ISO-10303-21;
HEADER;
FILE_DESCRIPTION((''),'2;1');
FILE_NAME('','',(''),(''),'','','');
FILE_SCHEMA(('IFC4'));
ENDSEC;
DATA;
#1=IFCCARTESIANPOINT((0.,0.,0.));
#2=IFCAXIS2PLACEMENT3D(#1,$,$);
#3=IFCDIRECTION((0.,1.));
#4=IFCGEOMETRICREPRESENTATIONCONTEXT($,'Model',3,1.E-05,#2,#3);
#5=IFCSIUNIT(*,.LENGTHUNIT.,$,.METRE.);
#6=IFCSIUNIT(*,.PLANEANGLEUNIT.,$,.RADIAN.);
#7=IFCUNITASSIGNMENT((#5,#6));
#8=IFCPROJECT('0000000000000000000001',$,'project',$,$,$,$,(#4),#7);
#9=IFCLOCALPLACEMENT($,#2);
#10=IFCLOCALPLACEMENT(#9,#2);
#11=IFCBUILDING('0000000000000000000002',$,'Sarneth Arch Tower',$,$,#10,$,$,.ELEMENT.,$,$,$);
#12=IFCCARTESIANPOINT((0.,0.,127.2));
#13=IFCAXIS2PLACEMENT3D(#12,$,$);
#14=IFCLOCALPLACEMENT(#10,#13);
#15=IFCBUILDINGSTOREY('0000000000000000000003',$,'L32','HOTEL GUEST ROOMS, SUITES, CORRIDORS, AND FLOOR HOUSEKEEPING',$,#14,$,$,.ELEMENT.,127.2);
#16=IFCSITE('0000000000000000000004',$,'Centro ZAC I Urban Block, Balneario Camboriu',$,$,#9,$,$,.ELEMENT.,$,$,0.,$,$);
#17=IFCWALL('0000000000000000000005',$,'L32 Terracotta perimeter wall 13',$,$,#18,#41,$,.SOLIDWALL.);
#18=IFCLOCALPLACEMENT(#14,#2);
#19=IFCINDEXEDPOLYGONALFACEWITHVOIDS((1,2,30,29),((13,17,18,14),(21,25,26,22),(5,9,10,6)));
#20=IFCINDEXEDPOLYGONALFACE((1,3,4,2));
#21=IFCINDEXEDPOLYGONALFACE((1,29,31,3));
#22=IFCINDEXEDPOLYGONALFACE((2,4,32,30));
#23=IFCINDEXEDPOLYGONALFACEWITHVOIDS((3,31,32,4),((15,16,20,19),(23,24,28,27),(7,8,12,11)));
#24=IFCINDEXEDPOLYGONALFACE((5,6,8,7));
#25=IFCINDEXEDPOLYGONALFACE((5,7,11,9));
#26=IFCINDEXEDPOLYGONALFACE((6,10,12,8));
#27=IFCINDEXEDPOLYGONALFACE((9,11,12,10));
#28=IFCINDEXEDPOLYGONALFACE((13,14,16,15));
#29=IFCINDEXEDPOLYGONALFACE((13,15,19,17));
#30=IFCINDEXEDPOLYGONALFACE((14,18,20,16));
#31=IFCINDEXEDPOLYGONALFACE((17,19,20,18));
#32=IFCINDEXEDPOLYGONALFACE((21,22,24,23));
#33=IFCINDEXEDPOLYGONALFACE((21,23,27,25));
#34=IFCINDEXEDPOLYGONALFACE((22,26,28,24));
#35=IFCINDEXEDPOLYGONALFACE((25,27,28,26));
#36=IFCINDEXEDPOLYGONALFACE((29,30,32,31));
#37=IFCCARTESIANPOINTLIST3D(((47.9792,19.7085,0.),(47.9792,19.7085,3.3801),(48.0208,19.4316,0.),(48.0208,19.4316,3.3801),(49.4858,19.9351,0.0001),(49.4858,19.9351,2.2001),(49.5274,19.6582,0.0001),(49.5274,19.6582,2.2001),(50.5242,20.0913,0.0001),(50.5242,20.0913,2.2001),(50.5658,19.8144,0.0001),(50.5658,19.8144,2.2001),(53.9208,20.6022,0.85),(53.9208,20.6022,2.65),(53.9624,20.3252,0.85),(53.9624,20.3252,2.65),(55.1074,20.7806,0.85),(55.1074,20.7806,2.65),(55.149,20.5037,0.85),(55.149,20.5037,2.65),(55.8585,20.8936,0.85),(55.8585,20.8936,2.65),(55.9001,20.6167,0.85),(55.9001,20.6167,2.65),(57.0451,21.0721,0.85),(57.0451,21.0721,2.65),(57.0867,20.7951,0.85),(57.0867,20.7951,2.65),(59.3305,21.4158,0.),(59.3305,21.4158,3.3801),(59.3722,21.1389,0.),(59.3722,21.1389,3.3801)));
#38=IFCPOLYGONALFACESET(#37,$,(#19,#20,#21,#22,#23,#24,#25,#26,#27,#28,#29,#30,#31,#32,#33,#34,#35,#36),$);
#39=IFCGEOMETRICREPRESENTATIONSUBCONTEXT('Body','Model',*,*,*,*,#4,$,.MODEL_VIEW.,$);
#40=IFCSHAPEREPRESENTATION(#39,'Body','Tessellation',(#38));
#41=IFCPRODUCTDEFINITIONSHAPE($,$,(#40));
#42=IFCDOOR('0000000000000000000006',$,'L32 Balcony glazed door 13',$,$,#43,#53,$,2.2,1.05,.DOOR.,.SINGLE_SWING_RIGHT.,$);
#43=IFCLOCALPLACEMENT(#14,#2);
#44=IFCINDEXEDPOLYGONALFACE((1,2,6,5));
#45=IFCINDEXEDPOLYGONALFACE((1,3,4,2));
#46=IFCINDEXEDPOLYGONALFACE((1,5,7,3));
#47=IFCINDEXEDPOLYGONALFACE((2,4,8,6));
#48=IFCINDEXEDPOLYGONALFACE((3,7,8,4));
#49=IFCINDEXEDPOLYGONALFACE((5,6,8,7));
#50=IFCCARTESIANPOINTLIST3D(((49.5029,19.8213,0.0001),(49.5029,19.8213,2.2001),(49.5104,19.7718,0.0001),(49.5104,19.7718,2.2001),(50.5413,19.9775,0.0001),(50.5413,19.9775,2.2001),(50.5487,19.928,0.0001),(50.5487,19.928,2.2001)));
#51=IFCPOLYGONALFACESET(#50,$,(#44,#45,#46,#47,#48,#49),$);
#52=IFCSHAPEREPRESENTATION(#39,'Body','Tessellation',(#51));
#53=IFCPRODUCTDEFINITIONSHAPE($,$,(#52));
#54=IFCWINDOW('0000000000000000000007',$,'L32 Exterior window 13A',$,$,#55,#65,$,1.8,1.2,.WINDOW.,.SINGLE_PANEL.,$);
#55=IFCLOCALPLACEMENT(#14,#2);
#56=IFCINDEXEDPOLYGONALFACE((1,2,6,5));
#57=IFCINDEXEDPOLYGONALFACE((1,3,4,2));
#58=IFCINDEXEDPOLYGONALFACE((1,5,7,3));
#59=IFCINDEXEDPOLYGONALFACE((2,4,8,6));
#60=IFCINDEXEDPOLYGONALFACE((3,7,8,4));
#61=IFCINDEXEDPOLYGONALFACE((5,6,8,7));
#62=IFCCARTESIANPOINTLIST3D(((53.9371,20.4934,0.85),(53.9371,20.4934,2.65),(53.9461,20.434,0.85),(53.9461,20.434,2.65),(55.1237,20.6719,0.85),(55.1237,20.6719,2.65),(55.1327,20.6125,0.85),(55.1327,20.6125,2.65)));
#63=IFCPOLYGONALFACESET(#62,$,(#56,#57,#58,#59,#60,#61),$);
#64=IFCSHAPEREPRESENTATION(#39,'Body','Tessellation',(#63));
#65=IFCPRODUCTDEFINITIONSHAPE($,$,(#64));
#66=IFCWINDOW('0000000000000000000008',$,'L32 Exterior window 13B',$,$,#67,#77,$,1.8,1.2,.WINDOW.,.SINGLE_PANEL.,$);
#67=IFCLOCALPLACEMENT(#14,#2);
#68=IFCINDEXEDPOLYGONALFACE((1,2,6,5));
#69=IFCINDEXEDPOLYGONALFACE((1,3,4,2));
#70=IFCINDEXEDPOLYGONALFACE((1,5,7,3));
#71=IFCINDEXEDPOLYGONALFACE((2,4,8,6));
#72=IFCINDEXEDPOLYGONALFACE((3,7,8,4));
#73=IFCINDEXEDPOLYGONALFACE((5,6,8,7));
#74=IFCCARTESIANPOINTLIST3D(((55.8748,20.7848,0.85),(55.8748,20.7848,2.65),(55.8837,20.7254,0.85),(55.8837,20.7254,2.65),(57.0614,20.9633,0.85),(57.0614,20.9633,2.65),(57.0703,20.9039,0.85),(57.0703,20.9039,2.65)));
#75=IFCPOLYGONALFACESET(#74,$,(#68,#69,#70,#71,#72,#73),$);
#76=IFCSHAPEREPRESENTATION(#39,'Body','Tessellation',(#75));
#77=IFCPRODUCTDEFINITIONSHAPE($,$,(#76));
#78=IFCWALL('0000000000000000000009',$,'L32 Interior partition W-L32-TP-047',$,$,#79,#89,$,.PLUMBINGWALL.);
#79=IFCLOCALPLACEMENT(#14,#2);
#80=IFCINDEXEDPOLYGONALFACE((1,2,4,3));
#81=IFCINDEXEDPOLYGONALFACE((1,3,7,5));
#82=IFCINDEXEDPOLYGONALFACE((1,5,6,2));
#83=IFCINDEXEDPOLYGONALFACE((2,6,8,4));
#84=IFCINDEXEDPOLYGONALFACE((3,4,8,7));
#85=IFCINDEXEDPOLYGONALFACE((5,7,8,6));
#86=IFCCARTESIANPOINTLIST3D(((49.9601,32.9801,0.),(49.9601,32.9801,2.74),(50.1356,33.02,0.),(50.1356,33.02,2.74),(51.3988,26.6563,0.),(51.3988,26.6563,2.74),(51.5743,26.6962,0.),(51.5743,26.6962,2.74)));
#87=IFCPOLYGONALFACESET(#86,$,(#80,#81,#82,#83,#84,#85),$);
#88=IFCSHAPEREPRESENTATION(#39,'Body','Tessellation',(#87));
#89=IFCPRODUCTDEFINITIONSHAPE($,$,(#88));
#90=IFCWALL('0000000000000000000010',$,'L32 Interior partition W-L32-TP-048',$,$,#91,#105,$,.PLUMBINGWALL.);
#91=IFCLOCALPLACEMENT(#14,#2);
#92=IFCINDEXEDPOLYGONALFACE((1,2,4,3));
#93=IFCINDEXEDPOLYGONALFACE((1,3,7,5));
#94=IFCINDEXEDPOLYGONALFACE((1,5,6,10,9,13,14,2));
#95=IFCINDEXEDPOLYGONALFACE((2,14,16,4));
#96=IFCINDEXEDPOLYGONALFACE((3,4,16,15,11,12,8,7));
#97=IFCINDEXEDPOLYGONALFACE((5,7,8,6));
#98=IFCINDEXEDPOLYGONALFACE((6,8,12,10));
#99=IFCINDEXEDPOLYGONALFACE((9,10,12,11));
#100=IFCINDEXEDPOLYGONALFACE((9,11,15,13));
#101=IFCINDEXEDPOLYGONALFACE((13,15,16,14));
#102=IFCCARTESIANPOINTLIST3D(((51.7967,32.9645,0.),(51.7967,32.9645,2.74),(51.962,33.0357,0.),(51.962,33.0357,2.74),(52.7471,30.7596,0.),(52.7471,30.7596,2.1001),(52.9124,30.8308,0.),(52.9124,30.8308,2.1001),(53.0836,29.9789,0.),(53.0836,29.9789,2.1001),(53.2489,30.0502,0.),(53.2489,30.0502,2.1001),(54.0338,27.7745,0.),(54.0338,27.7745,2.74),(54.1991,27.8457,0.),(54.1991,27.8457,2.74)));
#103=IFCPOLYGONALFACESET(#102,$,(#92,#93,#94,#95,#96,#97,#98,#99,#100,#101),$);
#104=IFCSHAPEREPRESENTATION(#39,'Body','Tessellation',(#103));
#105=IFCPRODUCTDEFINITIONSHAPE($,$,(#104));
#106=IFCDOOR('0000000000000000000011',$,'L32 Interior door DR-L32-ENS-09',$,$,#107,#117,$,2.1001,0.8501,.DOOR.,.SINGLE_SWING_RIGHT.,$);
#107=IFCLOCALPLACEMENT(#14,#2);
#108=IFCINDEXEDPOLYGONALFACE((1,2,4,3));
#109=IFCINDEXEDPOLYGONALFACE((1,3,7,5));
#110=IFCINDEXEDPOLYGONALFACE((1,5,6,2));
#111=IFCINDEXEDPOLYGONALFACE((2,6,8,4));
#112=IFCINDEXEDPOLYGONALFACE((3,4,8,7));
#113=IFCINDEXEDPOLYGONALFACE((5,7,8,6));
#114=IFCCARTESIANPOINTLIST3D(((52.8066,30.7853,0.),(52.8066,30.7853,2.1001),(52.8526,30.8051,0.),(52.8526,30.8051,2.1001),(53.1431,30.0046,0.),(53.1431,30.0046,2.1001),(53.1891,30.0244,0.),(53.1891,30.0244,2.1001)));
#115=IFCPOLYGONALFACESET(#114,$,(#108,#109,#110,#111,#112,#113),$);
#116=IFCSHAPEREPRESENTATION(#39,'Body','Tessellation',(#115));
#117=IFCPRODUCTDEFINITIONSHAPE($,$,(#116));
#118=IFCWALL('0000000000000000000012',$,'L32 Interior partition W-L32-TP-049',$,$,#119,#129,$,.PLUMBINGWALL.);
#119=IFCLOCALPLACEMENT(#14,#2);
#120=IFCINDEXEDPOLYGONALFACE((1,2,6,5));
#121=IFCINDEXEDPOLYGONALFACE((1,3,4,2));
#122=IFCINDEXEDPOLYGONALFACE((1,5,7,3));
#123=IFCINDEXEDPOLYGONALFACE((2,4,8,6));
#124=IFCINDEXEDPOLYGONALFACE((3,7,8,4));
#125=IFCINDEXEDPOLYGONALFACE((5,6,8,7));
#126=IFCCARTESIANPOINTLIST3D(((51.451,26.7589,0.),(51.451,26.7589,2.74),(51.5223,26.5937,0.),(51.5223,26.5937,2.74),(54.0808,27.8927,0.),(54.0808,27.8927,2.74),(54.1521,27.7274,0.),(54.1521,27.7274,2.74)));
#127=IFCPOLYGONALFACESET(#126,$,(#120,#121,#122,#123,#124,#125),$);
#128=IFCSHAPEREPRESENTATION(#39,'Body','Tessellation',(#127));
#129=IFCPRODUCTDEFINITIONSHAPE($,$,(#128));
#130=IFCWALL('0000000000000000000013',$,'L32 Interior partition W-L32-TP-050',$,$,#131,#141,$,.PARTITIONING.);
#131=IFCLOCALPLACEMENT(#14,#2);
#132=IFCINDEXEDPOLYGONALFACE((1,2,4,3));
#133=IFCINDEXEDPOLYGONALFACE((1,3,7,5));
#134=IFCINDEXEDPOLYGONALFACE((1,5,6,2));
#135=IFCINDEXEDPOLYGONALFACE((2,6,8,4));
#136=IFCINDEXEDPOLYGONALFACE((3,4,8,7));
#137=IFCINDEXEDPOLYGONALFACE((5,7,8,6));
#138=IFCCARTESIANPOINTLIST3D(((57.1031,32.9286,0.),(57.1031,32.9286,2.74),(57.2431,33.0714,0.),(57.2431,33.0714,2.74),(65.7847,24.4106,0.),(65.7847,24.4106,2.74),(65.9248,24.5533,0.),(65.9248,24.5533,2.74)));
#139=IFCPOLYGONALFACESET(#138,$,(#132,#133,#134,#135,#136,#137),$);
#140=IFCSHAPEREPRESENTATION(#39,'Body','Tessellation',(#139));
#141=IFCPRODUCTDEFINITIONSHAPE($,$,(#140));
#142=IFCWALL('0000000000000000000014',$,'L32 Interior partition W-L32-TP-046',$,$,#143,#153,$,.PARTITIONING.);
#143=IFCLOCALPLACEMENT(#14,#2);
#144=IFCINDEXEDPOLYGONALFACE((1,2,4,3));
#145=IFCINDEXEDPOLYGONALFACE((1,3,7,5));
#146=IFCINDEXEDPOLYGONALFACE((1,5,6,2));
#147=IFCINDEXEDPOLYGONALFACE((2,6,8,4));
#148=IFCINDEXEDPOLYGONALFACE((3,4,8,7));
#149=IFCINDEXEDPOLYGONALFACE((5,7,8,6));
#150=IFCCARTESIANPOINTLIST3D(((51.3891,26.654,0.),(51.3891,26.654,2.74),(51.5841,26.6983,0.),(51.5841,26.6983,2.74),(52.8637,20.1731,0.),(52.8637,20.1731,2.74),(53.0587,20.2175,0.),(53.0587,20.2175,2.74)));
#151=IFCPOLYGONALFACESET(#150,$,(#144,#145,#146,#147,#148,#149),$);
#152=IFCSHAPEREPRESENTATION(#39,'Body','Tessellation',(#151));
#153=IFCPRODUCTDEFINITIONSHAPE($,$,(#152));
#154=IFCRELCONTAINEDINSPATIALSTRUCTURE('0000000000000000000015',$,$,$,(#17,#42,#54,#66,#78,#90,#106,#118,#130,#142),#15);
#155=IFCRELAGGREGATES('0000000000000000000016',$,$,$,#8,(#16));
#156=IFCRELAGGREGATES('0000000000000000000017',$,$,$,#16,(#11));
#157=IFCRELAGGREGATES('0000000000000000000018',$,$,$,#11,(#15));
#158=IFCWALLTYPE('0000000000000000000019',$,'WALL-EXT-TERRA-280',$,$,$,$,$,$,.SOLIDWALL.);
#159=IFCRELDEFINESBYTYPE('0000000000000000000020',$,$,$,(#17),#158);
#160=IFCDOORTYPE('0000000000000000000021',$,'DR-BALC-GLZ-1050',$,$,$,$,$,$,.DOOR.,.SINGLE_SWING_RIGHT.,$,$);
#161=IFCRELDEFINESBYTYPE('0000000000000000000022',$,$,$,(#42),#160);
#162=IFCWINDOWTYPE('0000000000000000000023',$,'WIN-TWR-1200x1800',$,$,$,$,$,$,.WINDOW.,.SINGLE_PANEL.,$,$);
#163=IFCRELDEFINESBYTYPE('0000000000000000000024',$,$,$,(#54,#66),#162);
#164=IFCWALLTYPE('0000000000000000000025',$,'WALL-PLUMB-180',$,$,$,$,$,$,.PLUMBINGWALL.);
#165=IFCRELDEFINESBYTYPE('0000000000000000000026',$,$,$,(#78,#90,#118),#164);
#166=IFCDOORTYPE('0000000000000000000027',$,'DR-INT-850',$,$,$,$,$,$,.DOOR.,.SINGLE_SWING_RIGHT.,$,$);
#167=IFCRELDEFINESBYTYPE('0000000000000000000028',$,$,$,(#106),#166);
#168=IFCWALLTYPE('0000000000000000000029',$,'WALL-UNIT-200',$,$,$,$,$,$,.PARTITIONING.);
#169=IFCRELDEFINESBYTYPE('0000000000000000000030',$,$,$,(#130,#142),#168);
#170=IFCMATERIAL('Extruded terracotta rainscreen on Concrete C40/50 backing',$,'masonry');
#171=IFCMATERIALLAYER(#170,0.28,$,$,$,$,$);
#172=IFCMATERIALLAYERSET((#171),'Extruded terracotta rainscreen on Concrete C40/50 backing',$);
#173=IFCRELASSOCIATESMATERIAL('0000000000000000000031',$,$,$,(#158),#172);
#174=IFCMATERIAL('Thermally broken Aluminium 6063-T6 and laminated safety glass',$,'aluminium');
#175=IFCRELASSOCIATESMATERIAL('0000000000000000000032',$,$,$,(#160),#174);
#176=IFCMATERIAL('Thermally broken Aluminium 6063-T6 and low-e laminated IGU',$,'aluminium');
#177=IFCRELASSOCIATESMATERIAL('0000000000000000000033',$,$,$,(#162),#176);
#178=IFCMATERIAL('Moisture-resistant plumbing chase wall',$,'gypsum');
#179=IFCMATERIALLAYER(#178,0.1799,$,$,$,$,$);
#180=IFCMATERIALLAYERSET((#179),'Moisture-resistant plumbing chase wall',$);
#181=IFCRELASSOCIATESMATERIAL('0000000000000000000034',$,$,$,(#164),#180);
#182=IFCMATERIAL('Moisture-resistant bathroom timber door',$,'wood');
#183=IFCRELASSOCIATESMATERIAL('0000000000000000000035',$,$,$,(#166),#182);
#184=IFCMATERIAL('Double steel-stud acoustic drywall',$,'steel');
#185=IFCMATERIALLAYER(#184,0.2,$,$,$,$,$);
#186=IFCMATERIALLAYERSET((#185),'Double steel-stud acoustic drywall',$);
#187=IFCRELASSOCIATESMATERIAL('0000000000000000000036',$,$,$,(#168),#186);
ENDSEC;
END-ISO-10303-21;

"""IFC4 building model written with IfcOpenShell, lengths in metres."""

from ifc_helpers import new_model, si_unit, direction, frame, frame_2d, origin, place, context, subcontext, project, spatial, rectangle, extrude, material, layer, layer_set, type_object, element, fill, save


model = new_model("IFC4")

# Units and contexts
model_context = context("Model", 3, precision=1e-05, world=origin(), true_north=direction((0.0, 1.0)))
body_context = subcontext(model_context, "Body", "Model", "MODEL_VIEW")
ifc_project = project(units=[si_unit("LENGTHUNIT", "METRE"), si_unit("PLANEANGLEUNIT", "RADIAN")], contexts=[model_context])

# Site, building, storey
site_placement = place(None, origin())
site = spatial("IfcSite", under=ifc_project, at=site_placement, Name="Centro ZAC I Urban Block, Balneario Camboriu", CompositionType="ELEMENT", RefElevation=0.0)
building_placement = place(site_placement, origin())
building = spatial("IfcBuilding", under=site, at=building_placement, Name="Sarneth Arch Tower", CompositionType="ELEMENT")
storey_placement = place(building_placement, frame((0.0, 0.0, 127.2)))
storey = spatial("IfcBuildingStorey", under=building, at=storey_placement, Name="L32", Description="HOTEL GUEST ROOMS, SUITES, CORRIDORS, AND FLOOR HOUSEKEEPING", CompositionType="ELEMENT", Elevation=127.2)

# Wall, openings, door, windows
ifc_material_1 = material(Name="Extruded terracotta rainscreen on Concrete C40/50 backing", Category="masonry")
ifc_layer_1 = layer(ifc_material_1, 0.28)
ifc_layer_set_1 = layer_set([ifc_layer_1], Name="Extruded terracotta rainscreen on Concrete C40/50 backing")
wall_type_1 = type_object("IfcWallType", Name="WALL-EXT-TERRA-280", PredefinedType="SOLIDWALL", material=ifc_layer_set_1)
wall_1_placement = place(storey_placement, frame((48.0, 19.5701, 0.0), z_axis=(0.0, 0.0, 1.0), x_axis=(0.988878, 0.14873, 0.0)))
wall_1 = element("IfcWall", 1, at=wall_1_placement, inside=storey, type_object=wall_type_1, Name="L32 Terracotta perimeter wall 13", PredefinedType="SOLIDWALL", context=body_context, shape_type="SweptSolid", body=[
    extrude(rectangle(XDim=11.479, YDim=0.28, at=frame_2d((5.7395, 0.0))), origin(), (0.0, 0.0, 1.0), 3.3801),
])
opening_1_placement = place(wall_1_placement, frame((1.5237, 0.0, 0.0)))
opening_1 = element("IfcOpeningElement", 2, at=opening_1_placement, cuts=wall_1, PredefinedType="OPENING", context=body_context, shape_type="SweptSolid", body=[
    extrude(rectangle(XDim=1.05, YDim=2.2, at=frame_2d((0.5249, 1.1001))), frame((0.0, 0.1499, 0.0), z_axis=(0.0, -1.0, 0.0), x_axis=(1.0, 0.0, 0.0)), (0.0, 0.0, 1.0), 0.3),
])
opening_2_placement = place(wall_1_placement, frame((6.0083, 0.0, 0.8501)))
opening_2 = element("IfcOpeningElement", 3, at=opening_2_placement, cuts=wall_1, PredefinedType="OPENING", context=body_context, shape_type="SweptSolid", body=[
    extrude(rectangle(XDim=1.2, YDim=1.8, at=frame_2d((0.6001, 0.8999))), frame((0.0, 0.1499, 0.0), z_axis=(0.0, -1.0, 0.0), x_axis=(1.0, 0.0, 0.0)), (0.0, 0.0, 1.0), 0.3),
])
opening_3_placement = place(wall_1_placement, frame((7.9678, 0.0, 0.8501)))
opening_3 = element("IfcOpeningElement", 4, at=opening_3_placement, cuts=wall_1, PredefinedType="OPENING", context=body_context, shape_type="SweptSolid", body=[
    extrude(rectangle(XDim=1.2, YDim=1.8, at=frame_2d((0.6001, 0.8999))), frame((0.0, 0.1499, 0.0), z_axis=(0.0, -1.0, 0.0), x_axis=(1.0, 0.0, 0.0)), (0.0, 0.0, 1.0), 0.3),
])
ifc_material_2 = material(Name="Thermally broken Aluminium 6063-T6 and laminated safety glass", Category="aluminium")
door_type_1 = type_object("IfcDoorType", Name="DR-BALC-GLZ-1050", OperationType="SINGLE_SWING_RIGHT", PredefinedType="DOOR", material=ifc_material_2)
door_1_placement = place(opening_1_placement, origin())
door_1 = element("IfcDoor", 5, at=door_1_placement, inside=storey, type_object=door_type_1, Name="L32 Balcony glazed door 13", OperationType="SINGLE_SWING_RIGHT", OverallHeight=2.2, OverallWidth=1.05, PredefinedType="DOOR", context=body_context, shape_type="SweptSolid", body=[
    extrude(rectangle(XDim=1.05, YDim=2.2, at=frame_2d((0.5249, 1.1001))), frame((0.0, 0.0249, 0.0), z_axis=(0.0, -1.0, 0.0), x_axis=(1.0, 0.0, 0.0)), (0.0, 0.0, 1.0), 0.05),
])
fill(opening_1, door_1)
ifc_material_3 = material(Name="Thermally broken Aluminium 6063-T6 and low-e laminated IGU", Category="aluminium")
window_type = type_object("IfcWindowType", Name="WIN-TWR-1200x1800", PartitioningType="SINGLE_PANEL", PredefinedType="WINDOW", material=ifc_material_3)
window_1_placement = place(opening_2_placement, origin())
window_1 = element("IfcWindow", 6, at=window_1_placement, inside=storey, type_object=window_type, Name="L32 Exterior window 13A", OverallHeight=1.8, OverallWidth=1.2, PartitioningType="SINGLE_PANEL", PredefinedType="WINDOW", context=body_context, shape_type="SweptSolid", body=[
    extrude(rectangle(XDim=1.2, YDim=1.8, at=frame_2d((0.6001, 0.8999))), frame((0.0, 0.03, 0.0), z_axis=(0.0, -1.0, 0.0), x_axis=(1.0, 0.0, 0.0)), (0.0, 0.0, 1.0), 0.0601),
])
fill(opening_2, window_1)
window_2_placement = place(opening_3_placement, origin())
window_2 = element("IfcWindow", 7, at=window_2_placement, inside=storey, type_object=window_type, Name="L32 Exterior window 13B", OverallHeight=1.8, OverallWidth=1.2, PartitioningType="SINGLE_PANEL", PredefinedType="WINDOW", context=body_context, shape_type="SweptSolid", body=[
    extrude(rectangle(XDim=1.2, YDim=1.8, at=frame_2d((0.6001, 0.8999))), frame((0.0, 0.03, 0.0), z_axis=(0.0, -1.0, 0.0), x_axis=(1.0, 0.0, 0.0)), (0.0, 0.0, 1.0), 0.0601),
])
fill(opening_3, window_2)

# Wall
ifc_material_4 = material(Name="Moisture-resistant plumbing chase wall", Category="gypsum")
ifc_layer_2 = layer(ifc_material_4, 0.1799)
ifc_layer_set_2 = layer_set([ifc_layer_2], Name="Moisture-resistant plumbing chase wall")
wall_type_2 = type_object("IfcWallType", Name="WALL-PLUMB-180", PredefinedType="PLUMBINGWALL", material=ifc_layer_set_2)
wall_2_placement = place(storey_placement, frame((51.4866, 26.6763, 0.0), z_axis=(0.0, 0.0, 1.0), x_axis=(-0.221842, 0.975083, 0.0)))
element("IfcWall", 8, at=wall_2_placement, inside=storey, type_object=wall_type_2, Name="L32 Interior partition W-L32-TP-047", PredefinedType="PLUMBINGWALL", context=body_context, shape_type="SweptSolid", body=[
    extrude(rectangle(XDim=6.4854, YDim=0.1799, at=frame_2d((3.2427, 0.0))), origin(), (0.0, 0.0, 1.0), 2.74),
])

# Wall, opening, door
wall_3_placement = place(storey_placement, frame((51.8794, 33.0, 0.0), z_axis=(0.0, 0.0, 1.0), x_axis=(0.395832, -0.918323, 0.0)))
wall_3 = element("IfcWall", 9, at=wall_3_placement, inside=storey, type_object=wall_type_2, Name="L32 Interior partition W-L32-TP-048", PredefinedType="PLUMBINGWALL", context=body_context, shape_type="SweptSolid", body=[
    extrude(rectangle(XDim=5.6516, YDim=0.1799, at=frame_2d((2.8257, 0.0))), origin(), (0.0, 0.0, 1.0), 2.74),
])
opening_4_placement = place(wall_3_placement, frame((2.4009, 0.0, 0.0)))
opening_4 = element("IfcOpeningElement", 10, at=opening_4_placement, cuts=wall_3, PredefinedType="OPENING", context=body_context, shape_type="SweptSolid", body=[
    extrude(rectangle(XDim=0.8501, YDim=2.1001, at=frame_2d((0.425, 1.05))), frame((0.0, 0.0999, 0.0), z_axis=(0.0, -1.0, 0.0), x_axis=(1.0, 0.0, 0.0)), (0.0, 0.0, 1.0), 0.2),
])
ifc_material_5 = material(Name="Moisture-resistant bathroom timber door", Category="wood")
door_type_2 = type_object("IfcDoorType", Name="DR-INT-850", OperationType="SINGLE_SWING_RIGHT", PredefinedType="DOOR", material=ifc_material_5)
door_2_placement = place(opening_4_placement, origin())
door_2 = element("IfcDoor", 11, at=door_2_placement, inside=storey, type_object=door_type_2, Name="L32 Interior door DR-L32-ENS-09", OperationType="SINGLE_SWING_RIGHT", OverallHeight=2.1001, OverallWidth=0.8501, PredefinedType="DOOR", context=body_context, shape_type="SweptSolid", body=[
    extrude(rectangle(XDim=0.8501, YDim=2.1001, at=frame_2d((0.425, 1.05))), frame((0.0, 0.0249, 0.0), z_axis=(0.0, -1.0, 0.0), x_axis=(1.0, 0.0, 0.0)), (0.0, 0.0, 1.0), 0.05),
])
fill(opening_4, door_2)

# Walls
wall_4_placement = place(storey_placement, frame((54.1165, 27.8101, 0.0), z_axis=(0.0, 0.0, 1.0), x_axis=(-0.918296, -0.395894, 0.0)))
element("IfcWall", 12, at=wall_4_placement, inside=storey, type_object=wall_type_2, Name="L32 Interior partition W-L32-TP-049", PredefinedType="PLUMBINGWALL", context=body_context, shape_type="SweptSolid", body=[
    extrude(rectangle(XDim=2.8638, YDim=0.1799, at=frame_2d((1.4319, 0.0))), origin(), (0.0, 0.0, 1.0), 2.74),
])
ifc_material_6 = material(Name="Double steel-stud acoustic drywall", Category="steel")
ifc_layer_3 = layer(ifc_material_6, 0.2)
ifc_layer_set_3 = layer_set([ifc_layer_3], Name="Double steel-stud acoustic drywall")
wall_type_3 = type_object("IfcWallType", Name="WALL-UNIT-200", PredefinedType="PARTITIONING", material=ifc_layer_set_3)
wall_5_placement = place(storey_placement, frame((57.1731, 33.0, 0.0), z_axis=(0.0, 0.0, 1.0), x_axis=(0.713799, -0.70035, 0.0)))
element("IfcWall", 13, at=wall_5_placement, inside=storey, type_object=wall_type_3, Name="L32 Interior partition W-L32-TP-050", PredefinedType="PARTITIONING", context=body_context, shape_type="SweptSolid", body=[
    extrude(rectangle(XDim=12.1626, YDim=0.2, at=frame_2d((6.0813, 0.0))), origin(), (0.0, 0.0, 1.0), 2.74),
])
wall_6_placement = place(storey_placement, frame((52.9612, 20.1953, 0.0), z_axis=(0.0, 0.0, 1.0), x_axis=(-0.221859, 0.975079, 0.0)))
element("IfcWall", 14, at=wall_6_placement, inside=storey, type_object=wall_type_3, Name="L32 Interior partition W-L32-TP-046", PredefinedType="PARTITIONING", context=body_context, shape_type="SweptSolid", body=[
    extrude(rectangle(XDim=6.6465, YDim=0.2, at=frame_2d((3.3232, 0.0))), origin(), (0.0, 0.0, 1.0), 2.74),
])

save(model, "model.ifc")
